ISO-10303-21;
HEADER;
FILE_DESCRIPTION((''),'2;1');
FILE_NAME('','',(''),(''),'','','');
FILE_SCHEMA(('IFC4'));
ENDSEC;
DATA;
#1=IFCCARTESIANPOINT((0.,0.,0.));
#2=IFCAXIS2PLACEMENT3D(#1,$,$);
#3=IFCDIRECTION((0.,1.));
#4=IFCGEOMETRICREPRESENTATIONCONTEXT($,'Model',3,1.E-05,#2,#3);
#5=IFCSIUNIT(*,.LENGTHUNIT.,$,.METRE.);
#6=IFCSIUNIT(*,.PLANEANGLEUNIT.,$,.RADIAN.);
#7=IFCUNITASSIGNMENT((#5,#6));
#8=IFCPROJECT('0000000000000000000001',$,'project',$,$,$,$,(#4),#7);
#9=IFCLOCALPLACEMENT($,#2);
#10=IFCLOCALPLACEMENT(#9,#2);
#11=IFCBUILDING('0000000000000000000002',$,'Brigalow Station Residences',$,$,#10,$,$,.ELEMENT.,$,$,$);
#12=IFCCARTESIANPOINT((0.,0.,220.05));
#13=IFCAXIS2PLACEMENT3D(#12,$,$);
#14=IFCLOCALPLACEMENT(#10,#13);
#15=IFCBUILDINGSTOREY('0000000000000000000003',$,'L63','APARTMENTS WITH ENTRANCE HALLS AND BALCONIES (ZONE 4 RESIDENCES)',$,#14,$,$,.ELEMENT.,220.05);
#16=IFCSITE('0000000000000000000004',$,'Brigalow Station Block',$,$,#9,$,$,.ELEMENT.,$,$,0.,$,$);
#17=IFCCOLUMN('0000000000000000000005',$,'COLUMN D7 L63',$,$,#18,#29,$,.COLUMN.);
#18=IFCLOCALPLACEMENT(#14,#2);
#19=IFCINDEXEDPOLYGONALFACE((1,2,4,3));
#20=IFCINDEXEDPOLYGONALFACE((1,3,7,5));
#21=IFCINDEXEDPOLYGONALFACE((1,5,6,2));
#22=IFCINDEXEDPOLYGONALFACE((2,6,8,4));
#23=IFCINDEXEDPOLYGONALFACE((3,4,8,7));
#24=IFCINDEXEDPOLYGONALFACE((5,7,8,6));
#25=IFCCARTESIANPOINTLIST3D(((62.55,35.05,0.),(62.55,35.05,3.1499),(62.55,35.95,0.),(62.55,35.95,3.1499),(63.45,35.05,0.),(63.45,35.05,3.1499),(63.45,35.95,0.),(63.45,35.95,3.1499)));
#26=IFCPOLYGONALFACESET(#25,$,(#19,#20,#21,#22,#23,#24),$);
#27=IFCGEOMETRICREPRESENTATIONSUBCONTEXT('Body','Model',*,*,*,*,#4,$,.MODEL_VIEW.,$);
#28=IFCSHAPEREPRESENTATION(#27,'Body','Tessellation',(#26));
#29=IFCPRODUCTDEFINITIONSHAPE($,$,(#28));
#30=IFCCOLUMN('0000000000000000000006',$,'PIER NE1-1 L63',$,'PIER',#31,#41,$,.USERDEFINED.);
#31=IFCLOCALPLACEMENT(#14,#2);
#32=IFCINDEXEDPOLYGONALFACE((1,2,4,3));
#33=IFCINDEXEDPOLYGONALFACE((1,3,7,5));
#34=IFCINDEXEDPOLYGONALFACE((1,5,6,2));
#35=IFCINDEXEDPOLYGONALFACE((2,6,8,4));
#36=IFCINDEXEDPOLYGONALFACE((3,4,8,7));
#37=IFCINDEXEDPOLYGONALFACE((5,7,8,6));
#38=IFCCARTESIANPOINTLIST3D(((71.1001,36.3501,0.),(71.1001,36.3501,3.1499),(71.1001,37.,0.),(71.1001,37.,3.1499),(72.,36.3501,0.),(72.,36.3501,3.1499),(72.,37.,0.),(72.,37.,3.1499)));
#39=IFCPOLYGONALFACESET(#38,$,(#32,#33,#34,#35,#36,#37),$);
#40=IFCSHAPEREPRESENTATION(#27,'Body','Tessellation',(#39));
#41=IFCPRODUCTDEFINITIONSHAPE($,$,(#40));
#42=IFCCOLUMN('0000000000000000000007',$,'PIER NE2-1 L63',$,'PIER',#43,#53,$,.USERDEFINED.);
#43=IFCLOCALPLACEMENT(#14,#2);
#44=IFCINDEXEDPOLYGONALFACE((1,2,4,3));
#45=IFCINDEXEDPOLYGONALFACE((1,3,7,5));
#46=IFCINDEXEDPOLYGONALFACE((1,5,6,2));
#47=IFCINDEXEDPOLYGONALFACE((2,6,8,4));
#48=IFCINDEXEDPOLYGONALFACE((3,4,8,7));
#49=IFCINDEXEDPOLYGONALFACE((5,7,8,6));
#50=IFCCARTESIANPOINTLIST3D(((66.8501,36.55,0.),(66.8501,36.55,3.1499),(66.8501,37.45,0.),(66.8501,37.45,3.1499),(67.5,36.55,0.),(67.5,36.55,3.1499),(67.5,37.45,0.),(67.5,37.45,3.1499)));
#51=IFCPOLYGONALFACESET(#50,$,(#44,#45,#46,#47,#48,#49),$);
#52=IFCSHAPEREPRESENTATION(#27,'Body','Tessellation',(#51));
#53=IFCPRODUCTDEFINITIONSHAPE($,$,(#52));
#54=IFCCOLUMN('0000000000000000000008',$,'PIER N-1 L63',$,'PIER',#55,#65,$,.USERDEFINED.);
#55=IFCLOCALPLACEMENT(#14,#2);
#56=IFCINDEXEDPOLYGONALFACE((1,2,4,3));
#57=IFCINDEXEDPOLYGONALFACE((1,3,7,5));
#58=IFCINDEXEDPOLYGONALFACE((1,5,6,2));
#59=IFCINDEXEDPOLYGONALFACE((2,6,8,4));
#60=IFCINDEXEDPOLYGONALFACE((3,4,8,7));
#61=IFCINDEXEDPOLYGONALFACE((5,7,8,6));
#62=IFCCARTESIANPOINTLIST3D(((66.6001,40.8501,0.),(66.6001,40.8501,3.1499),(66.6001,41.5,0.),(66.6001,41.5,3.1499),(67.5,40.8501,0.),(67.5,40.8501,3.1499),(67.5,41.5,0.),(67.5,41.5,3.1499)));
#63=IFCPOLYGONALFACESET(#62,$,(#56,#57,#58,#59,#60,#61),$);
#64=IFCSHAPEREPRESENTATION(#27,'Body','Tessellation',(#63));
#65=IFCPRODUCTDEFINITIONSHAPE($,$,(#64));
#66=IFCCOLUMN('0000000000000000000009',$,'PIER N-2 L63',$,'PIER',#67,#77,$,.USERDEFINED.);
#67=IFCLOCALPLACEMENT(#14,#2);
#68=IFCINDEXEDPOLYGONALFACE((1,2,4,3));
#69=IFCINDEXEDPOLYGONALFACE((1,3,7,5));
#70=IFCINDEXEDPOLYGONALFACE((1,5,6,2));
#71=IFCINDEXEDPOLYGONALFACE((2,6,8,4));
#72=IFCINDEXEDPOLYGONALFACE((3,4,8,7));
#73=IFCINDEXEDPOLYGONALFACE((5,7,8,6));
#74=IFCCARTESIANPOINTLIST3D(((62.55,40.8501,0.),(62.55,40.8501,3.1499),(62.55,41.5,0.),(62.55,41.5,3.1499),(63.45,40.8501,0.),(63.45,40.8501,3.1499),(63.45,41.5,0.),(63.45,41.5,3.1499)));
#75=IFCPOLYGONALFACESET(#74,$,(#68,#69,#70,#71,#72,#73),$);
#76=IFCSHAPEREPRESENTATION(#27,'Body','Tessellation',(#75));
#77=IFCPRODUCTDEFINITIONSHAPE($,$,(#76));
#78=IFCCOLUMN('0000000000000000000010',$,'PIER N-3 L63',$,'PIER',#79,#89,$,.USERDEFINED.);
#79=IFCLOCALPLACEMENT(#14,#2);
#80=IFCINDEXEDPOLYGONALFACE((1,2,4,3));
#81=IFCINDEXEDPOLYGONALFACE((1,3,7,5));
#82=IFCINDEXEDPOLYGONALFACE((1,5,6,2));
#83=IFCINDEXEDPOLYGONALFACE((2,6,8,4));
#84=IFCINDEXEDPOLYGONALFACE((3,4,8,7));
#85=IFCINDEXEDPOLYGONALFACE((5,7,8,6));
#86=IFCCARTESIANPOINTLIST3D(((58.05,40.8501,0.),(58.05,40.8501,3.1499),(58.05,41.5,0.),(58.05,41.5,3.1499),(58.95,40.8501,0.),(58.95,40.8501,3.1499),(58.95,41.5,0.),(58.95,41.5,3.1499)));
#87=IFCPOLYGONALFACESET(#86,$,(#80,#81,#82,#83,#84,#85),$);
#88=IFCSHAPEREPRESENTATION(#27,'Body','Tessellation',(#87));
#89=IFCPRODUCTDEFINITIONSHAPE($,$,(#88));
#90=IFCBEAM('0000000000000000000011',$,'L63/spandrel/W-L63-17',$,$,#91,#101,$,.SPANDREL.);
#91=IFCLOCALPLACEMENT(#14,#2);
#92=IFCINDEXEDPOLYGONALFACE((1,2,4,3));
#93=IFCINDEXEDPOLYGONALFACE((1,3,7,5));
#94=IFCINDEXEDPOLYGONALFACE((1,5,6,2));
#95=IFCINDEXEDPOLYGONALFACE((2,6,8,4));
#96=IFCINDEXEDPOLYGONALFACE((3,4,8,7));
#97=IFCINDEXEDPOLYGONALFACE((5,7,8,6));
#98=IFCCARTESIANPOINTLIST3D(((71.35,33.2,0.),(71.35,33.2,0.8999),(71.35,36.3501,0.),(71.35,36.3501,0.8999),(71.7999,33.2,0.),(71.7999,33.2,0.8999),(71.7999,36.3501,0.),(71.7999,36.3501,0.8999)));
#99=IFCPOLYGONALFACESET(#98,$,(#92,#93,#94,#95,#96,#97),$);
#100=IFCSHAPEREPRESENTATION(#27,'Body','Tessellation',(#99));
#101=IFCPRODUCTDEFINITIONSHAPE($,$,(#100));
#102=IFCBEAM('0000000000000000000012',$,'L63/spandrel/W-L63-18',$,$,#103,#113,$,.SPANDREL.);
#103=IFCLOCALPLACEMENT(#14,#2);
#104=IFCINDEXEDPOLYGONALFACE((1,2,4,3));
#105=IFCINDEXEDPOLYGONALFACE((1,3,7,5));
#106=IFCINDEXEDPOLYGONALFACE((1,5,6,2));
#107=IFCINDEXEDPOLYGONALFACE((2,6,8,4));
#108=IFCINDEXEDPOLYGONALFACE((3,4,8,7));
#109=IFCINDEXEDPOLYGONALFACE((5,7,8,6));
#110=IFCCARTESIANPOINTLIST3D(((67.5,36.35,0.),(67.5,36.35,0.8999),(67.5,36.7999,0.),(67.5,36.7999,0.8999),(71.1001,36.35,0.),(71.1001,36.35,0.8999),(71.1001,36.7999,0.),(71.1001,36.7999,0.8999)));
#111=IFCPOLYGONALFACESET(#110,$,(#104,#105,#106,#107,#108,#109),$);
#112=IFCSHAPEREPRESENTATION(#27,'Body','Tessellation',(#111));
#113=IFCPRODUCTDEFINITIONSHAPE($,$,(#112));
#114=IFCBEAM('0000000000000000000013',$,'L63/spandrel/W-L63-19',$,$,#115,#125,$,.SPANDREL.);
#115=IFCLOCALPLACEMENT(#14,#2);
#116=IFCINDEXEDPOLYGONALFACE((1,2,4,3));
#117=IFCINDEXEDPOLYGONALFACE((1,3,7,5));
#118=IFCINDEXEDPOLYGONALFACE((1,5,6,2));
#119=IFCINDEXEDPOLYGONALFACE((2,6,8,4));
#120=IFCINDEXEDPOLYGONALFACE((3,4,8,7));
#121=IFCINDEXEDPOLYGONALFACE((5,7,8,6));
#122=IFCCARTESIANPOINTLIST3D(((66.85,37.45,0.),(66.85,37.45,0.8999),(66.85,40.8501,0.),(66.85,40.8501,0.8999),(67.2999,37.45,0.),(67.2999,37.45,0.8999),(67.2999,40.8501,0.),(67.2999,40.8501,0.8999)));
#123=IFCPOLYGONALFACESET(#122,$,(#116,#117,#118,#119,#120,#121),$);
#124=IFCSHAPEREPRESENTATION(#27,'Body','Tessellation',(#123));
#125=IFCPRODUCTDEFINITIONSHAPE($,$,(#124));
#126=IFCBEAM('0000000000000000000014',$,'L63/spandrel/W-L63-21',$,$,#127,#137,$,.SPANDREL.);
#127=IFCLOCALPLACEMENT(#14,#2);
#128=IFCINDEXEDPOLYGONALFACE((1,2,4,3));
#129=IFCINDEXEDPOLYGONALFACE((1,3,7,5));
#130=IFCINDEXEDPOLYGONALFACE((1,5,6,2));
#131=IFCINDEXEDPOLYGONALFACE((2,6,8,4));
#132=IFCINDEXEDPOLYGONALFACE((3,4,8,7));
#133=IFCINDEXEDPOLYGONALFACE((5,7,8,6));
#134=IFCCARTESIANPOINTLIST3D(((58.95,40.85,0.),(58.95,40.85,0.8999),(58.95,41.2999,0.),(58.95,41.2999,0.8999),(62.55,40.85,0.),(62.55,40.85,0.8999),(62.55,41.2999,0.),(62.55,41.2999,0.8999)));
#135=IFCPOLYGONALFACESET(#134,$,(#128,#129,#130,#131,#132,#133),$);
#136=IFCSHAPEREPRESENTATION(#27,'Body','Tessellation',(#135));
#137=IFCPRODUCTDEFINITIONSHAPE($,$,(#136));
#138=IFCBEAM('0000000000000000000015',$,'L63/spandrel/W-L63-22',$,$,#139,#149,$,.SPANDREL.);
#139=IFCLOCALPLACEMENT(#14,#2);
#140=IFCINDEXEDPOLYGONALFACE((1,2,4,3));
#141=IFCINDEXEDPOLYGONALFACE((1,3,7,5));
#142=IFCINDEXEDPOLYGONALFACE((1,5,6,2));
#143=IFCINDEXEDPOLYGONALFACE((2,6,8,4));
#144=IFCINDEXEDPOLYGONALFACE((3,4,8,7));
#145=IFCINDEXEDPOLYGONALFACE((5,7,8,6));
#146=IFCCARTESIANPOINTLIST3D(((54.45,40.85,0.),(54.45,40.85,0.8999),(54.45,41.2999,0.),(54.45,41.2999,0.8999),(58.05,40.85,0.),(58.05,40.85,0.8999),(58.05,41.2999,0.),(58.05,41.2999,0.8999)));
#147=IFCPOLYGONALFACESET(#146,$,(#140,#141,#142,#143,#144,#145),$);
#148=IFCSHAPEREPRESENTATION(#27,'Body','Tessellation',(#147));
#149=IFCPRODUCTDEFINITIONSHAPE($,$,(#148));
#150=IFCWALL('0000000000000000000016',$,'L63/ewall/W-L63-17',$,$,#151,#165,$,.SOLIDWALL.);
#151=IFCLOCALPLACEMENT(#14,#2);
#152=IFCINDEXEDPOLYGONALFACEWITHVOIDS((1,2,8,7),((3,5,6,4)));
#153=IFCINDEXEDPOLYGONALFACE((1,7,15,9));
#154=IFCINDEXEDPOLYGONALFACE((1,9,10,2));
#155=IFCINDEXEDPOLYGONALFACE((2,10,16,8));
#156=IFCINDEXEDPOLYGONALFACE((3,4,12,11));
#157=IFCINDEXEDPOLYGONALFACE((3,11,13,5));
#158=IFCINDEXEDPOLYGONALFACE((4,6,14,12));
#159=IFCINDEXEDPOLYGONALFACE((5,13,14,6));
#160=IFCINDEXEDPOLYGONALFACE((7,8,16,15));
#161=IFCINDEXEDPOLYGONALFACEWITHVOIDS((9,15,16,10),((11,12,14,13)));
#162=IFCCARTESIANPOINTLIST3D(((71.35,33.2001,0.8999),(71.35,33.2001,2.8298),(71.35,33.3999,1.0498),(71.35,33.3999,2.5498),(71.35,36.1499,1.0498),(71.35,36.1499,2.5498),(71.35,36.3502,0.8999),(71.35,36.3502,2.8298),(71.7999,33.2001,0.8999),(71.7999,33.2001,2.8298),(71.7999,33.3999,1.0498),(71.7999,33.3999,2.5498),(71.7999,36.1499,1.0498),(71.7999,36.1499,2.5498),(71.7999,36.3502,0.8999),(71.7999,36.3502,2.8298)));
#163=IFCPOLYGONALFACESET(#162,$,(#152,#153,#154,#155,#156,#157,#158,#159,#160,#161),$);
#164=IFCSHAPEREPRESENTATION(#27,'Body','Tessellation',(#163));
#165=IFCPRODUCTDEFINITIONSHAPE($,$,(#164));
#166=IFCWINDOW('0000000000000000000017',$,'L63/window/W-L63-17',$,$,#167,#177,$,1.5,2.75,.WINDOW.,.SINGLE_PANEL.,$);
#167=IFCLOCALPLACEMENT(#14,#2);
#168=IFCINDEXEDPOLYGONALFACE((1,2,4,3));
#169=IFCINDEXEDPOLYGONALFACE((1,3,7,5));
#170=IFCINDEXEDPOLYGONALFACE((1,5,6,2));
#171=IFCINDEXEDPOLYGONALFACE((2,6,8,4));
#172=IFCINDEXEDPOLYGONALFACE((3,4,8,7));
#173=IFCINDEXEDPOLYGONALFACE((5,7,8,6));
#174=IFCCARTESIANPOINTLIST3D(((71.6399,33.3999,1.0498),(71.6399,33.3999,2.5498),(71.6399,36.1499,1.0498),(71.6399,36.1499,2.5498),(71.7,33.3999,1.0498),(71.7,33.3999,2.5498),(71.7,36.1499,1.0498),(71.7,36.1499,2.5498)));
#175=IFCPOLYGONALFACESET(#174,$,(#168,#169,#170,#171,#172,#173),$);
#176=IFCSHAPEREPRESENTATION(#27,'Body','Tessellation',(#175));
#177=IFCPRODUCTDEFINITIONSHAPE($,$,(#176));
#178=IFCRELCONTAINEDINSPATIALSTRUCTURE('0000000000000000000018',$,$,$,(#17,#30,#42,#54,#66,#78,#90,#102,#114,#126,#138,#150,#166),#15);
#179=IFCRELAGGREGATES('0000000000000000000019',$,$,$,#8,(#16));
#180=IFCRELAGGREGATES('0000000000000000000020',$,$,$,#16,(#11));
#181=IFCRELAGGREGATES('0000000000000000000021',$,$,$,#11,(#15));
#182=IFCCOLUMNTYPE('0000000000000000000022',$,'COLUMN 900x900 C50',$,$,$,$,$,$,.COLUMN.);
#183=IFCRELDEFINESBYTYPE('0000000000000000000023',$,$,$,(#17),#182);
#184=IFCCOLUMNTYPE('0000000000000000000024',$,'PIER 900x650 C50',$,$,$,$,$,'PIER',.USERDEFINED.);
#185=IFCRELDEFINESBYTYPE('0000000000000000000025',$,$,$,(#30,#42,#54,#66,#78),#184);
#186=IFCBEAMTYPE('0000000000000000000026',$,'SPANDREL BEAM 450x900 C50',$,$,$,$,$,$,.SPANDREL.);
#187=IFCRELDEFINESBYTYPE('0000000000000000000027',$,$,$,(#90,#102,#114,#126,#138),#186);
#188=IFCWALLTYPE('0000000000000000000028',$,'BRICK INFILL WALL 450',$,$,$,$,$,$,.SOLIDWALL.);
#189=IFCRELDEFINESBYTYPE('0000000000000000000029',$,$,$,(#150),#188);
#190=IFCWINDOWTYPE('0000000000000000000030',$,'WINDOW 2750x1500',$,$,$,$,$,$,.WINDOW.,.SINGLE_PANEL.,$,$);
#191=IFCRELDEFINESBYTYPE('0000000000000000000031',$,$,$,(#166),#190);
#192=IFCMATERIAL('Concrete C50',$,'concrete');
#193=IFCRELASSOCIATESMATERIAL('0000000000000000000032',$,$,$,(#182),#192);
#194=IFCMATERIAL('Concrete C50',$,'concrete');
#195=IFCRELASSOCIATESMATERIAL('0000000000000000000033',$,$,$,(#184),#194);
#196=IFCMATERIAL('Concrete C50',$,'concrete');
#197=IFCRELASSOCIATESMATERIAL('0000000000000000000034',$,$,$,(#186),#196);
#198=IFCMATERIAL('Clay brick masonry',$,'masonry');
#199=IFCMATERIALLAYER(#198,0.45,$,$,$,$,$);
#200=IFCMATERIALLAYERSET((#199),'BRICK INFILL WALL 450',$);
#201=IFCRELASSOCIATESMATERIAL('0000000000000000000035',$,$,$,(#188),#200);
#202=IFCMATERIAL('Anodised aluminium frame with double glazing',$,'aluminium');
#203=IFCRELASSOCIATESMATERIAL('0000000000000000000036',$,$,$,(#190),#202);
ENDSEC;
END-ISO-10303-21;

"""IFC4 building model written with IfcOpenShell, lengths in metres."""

from ifc_helpers import new_model, si_unit, direction, frame, frame_2d, origin, origin_2d, place, context, subcontext, project, spatial, rectangle, extrude, material, layer, layer_set, material_profile, profile_set, type_object, element, fill, save


model = new_model("IFC4")

# Units and contexts
model_context = context("Model", 3, precision=1e-05, world=origin(), true_north=direction((0.0, 1.0)))
body_context = subcontext(model_context, "Body", "Model", "MODEL_VIEW")
ifc_project = project(units=[si_unit("LENGTHUNIT", "METRE"), si_unit("PLANEANGLEUNIT", "RADIAN")], contexts=[model_context])

# Site, building, storey
site_placement = place(None, origin())
site = spatial("IfcSite", under=ifc_project, at=site_placement, Name="Brigalow Station Block", CompositionType="ELEMENT", RefElevation=0.0)
building_placement = place(site_placement, origin())
building = spatial("IfcBuilding", under=site, at=building_placement, Name="Brigalow Station Residences", CompositionType="ELEMENT")
storey_placement = place(building_placement, frame((0.0, 0.0, 220.05)))
storey = spatial("IfcBuildingStorey", under=building, at=storey_placement, Name="L63", Description="APARTMENTS WITH ENTRANCE HALLS AND BALCONIES (ZONE 4 RESIDENCES)", CompositionType="ELEMENT", Elevation=220.05)

# Columns
ifc_material_1 = material(Name="Concrete C50", Category="concrete")
ifc_material_profile_1 = material_profile(ifc_material_1, rectangle(XDim=0.8999, YDim=0.8999, at=origin_2d()), Name="RC900x900")
ifc_profile_set_1 = profile_set([ifc_material_profile_1], Name="Concrete C50")
column_type_1 = type_object("IfcColumnType", Name="COLUMN 900x900 C50", PredefinedType="COLUMN", material=ifc_profile_set_1)
column_placement = place(storey_placement, frame((63.0, 35.5, 0.0), z_axis=(0.0, 0.0, 1.0), x_axis=(1.0, 0.0, 0.0)))
element("IfcColumn", 1, at=column_placement, inside=storey, type_object=column_type_1, Name="COLUMN D7 L63", PredefinedType="COLUMN", context=body_context, shape_type="SweptSolid", body=[
    extrude(rectangle(XDim=0.8999, YDim=0.8999, at=origin_2d()), origin(), (0.0, 0.0, 1.0), 3.1499),
])
ifc_material_2 = material(Name="Concrete C50", Category="concrete")
ifc_material_profile_2 = material_profile(ifc_material_2, rectangle(XDim=0.8999, YDim=0.6499, at=origin_2d()), Name="RC900x650")
ifc_profile_set_2 = profile_set([ifc_material_profile_2], Name="Concrete C50")
column_type_2 = type_object("IfcColumnType", Name="PIER 900x650 C50", ElementType="PIER", PredefinedType="USERDEFINED", material=ifc_profile_set_2)
for number, where, z_axis, x_axis, name in (
    (2, (71.55, 36.675, 0.0), (0.0, 0.0, 1.0), (-1.0, 0.0, 0.0), "PIER NE1-1 L63"),
    (3, (67.175, 37.0, 0.0), (0.0, 0.0, 1.0), (0.0, 1.0, 0.0), "PIER NE2-1 L63"),
    (4, (67.05, 41.175, 0.0), (0.0, 0.0, 1.0), (-1.0, 0.0, 0.0), "PIER N-1 L63"),
    (5, (63.0, 41.175, 0.0), (0.0, 0.0, 1.0), (-1.0, 0.0, 0.0), "PIER N-2 L63"),
    (6, (58.5, 41.175, 0.0), (0.0, 0.0, 1.0), (-1.0, 0.0, 0.0), "PIER N-3 L63"),
):
    element("IfcColumn", number, at=place(storey_placement, frame(where, z_axis=z_axis, x_axis=x_axis)), inside=storey, type_object=column_type_2, Name=name, ObjectType="PIER", PredefinedType="USERDEFINED", context=body_context, shape_type="SweptSolid", body=[
        extrude(rectangle(XDim=0.8999, YDim=0.6499, at=origin_2d()), origin(), (0.0, 0.0, 1.0), 3.1499),
    ])

# Beams
ifc_material_3 = material(Name="Concrete C50", Category="concrete")
ifc_material_profile_3 = material_profile(ifc_material_3, rectangle(XDim=0.45, YDim=0.8999, at=origin_2d()), Name="RC450x900")
ifc_profile_set_3 = profile_set([ifc_material_profile_3], Name="Concrete C50")
beam_type = type_object("IfcBeamType", Name="SPANDREL BEAM 450x900 C50", PredefinedType="SPANDREL", material=ifc_profile_set_3)
beam_1_placement = place(storey_placement, frame((71.575, 33.2, 0.45), z_axis=(0.0, 1.0, 0.0), x_axis=(-1.0, 0.0, 0.0)))
element("IfcBeam", 7, at=beam_1_placement, inside=storey, type_object=beam_type, Name="L63/spandrel/W-L63-17", PredefinedType="SPANDREL", context=body_context, shape_type="SweptSolid", body=[
    extrude(rectangle(XDim=0.45, YDim=0.8999, at=origin_2d()), origin(), (0.0, 0.0, 1.0), 3.1501),
])
beam_2_placement = place(storey_placement, frame((71.1001, 36.575, 0.45), z_axis=(-1.0, 0.0, 0.0), x_axis=(0.0, -1.0, 0.0)))
element("IfcBeam", 8, at=beam_2_placement, inside=storey, type_object=beam_type, Name="L63/spandrel/W-L63-18", PredefinedType="SPANDREL", context=body_context, shape_type="SweptSolid", body=[
    extrude(rectangle(XDim=0.45, YDim=0.8999, at=origin_2d()), origin(), (0.0, 0.0, 1.0), 3.6001),
])
beam_3_placement = place(storey_placement, frame((67.075, 37.45, 0.45), z_axis=(0.0, 1.0, 0.0), x_axis=(-1.0, 0.0, 0.0)))
element("IfcBeam", 9, at=beam_3_placement, inside=storey, type_object=beam_type, Name="L63/spandrel/W-L63-19", PredefinedType="SPANDREL", context=body_context, shape_type="SweptSolid", body=[
    extrude(rectangle(XDim=0.45, YDim=0.8999, at=origin_2d()), origin(), (0.0, 0.0, 1.0), 3.4001),
])
for number, where, z_axis, x_axis, name in (
    (10, (62.55, 41.075, 0.45), (-1.0, 0.0, 0.0), (0.0, -1.0, 0.0), "L63/spandrel/W-L63-21"),
    (11, (58.05, 41.075, 0.45), (-1.0, 0.0, 0.0), (0.0, -1.0, 0.0), "L63/spandrel/W-L63-22"),
):
    element("IfcBeam", number, at=place(storey_placement, frame(where, z_axis=z_axis, x_axis=x_axis)), inside=storey, type_object=beam_type, Name=name, PredefinedType="SPANDREL", context=body_context, shape_type="SweptSolid", body=[
        extrude(rectangle(XDim=0.45, YDim=0.8999, at=origin_2d()), origin(), (0.0, 0.0, 1.0), 3.6001),
    ])

# Wall, opening, window
ifc_material_4 = material(Name="Clay brick masonry", Category="masonry")
ifc_layer_1 = layer(ifc_material_4, 0.45)
ifc_layer_set_1 = layer_set([ifc_layer_1], Name="BRICK INFILL WALL 450")
wall_type_1 = type_object("IfcWallType", Name="BRICK INFILL WALL 450", PredefinedType="SOLIDWALL", material=ifc_layer_set_1)
wall_1_placement = place(storey_placement, frame((71.575, 33.2, 0.8999), z_axis=(0.0, 0.0, 1.0), x_axis=(0.0, 1.0, 0.0)))
wall_1 = element("IfcWall", 12, at=wall_1_placement, inside=storey, type_object=wall_type_1, Name="L63/ewall/W-L63-17", PredefinedType="SOLIDWALL", context=body_context, shape_type="SweptSolid", body=[
    extrude(rectangle(XDim=3.1501, YDim=0.45, at=frame_2d((1.5752, 0.0))), origin(), (0.0, 0.0, 1.0), 1.9299),
])
opening_1_placement = place(wall_1_placement, frame((0.2, 0.0, 0.1499)))
opening_1 = element("IfcOpeningElement", 13, at=opening_1_placement, cuts=wall_1, PredefinedType="OPENING", context=body_context, shape_type="SweptSolid", body=[
    extrude(rectangle(XDim=2.75, YDim=1.5, at=frame_2d((1.375, 0.75))), frame((0.0, 0.2349, 0.0), z_axis=(0.0, -1.0, 0.0), x_axis=(1.0, 0.0, 0.0)), (0.0, 0.0, 1.0), 0.47),
])
ifc_material_5 = material(Name="Anodised aluminium frame with double glazing", Category="aluminium")
window_type_1 = type_object("IfcWindowType", Name="WINDOW 2750x1500", PartitioningType="SINGLE_PANEL", PredefinedType="WINDOW", material=ifc_material_5)
window_1_placement = place(opening_1_placement, origin())
window_1 = element("IfcWindow", 14, at=window_1_placement, inside=storey, type_object=window_type_1, Name="L63/window/W-L63-17", OverallHeight=1.5, OverallWidth=2.75, PartitioningType="SINGLE_PANEL", PredefinedType="WINDOW", context=body_context, shape_type="SweptSolid", body=[
    extrude(rectangle(XDim=2.75, YDim=1.5, at=frame_2d((1.375, 0.75))), frame((0.0, -0.0649, 0.0), z_axis=(0.0, -1.0, 0.0), x_axis=(1.0, 0.0, 0.0)), (0.0, 0.0, 1.0), 0.0601),
])
fill(opening_1, window_1)

save(model, "model.ifc")
